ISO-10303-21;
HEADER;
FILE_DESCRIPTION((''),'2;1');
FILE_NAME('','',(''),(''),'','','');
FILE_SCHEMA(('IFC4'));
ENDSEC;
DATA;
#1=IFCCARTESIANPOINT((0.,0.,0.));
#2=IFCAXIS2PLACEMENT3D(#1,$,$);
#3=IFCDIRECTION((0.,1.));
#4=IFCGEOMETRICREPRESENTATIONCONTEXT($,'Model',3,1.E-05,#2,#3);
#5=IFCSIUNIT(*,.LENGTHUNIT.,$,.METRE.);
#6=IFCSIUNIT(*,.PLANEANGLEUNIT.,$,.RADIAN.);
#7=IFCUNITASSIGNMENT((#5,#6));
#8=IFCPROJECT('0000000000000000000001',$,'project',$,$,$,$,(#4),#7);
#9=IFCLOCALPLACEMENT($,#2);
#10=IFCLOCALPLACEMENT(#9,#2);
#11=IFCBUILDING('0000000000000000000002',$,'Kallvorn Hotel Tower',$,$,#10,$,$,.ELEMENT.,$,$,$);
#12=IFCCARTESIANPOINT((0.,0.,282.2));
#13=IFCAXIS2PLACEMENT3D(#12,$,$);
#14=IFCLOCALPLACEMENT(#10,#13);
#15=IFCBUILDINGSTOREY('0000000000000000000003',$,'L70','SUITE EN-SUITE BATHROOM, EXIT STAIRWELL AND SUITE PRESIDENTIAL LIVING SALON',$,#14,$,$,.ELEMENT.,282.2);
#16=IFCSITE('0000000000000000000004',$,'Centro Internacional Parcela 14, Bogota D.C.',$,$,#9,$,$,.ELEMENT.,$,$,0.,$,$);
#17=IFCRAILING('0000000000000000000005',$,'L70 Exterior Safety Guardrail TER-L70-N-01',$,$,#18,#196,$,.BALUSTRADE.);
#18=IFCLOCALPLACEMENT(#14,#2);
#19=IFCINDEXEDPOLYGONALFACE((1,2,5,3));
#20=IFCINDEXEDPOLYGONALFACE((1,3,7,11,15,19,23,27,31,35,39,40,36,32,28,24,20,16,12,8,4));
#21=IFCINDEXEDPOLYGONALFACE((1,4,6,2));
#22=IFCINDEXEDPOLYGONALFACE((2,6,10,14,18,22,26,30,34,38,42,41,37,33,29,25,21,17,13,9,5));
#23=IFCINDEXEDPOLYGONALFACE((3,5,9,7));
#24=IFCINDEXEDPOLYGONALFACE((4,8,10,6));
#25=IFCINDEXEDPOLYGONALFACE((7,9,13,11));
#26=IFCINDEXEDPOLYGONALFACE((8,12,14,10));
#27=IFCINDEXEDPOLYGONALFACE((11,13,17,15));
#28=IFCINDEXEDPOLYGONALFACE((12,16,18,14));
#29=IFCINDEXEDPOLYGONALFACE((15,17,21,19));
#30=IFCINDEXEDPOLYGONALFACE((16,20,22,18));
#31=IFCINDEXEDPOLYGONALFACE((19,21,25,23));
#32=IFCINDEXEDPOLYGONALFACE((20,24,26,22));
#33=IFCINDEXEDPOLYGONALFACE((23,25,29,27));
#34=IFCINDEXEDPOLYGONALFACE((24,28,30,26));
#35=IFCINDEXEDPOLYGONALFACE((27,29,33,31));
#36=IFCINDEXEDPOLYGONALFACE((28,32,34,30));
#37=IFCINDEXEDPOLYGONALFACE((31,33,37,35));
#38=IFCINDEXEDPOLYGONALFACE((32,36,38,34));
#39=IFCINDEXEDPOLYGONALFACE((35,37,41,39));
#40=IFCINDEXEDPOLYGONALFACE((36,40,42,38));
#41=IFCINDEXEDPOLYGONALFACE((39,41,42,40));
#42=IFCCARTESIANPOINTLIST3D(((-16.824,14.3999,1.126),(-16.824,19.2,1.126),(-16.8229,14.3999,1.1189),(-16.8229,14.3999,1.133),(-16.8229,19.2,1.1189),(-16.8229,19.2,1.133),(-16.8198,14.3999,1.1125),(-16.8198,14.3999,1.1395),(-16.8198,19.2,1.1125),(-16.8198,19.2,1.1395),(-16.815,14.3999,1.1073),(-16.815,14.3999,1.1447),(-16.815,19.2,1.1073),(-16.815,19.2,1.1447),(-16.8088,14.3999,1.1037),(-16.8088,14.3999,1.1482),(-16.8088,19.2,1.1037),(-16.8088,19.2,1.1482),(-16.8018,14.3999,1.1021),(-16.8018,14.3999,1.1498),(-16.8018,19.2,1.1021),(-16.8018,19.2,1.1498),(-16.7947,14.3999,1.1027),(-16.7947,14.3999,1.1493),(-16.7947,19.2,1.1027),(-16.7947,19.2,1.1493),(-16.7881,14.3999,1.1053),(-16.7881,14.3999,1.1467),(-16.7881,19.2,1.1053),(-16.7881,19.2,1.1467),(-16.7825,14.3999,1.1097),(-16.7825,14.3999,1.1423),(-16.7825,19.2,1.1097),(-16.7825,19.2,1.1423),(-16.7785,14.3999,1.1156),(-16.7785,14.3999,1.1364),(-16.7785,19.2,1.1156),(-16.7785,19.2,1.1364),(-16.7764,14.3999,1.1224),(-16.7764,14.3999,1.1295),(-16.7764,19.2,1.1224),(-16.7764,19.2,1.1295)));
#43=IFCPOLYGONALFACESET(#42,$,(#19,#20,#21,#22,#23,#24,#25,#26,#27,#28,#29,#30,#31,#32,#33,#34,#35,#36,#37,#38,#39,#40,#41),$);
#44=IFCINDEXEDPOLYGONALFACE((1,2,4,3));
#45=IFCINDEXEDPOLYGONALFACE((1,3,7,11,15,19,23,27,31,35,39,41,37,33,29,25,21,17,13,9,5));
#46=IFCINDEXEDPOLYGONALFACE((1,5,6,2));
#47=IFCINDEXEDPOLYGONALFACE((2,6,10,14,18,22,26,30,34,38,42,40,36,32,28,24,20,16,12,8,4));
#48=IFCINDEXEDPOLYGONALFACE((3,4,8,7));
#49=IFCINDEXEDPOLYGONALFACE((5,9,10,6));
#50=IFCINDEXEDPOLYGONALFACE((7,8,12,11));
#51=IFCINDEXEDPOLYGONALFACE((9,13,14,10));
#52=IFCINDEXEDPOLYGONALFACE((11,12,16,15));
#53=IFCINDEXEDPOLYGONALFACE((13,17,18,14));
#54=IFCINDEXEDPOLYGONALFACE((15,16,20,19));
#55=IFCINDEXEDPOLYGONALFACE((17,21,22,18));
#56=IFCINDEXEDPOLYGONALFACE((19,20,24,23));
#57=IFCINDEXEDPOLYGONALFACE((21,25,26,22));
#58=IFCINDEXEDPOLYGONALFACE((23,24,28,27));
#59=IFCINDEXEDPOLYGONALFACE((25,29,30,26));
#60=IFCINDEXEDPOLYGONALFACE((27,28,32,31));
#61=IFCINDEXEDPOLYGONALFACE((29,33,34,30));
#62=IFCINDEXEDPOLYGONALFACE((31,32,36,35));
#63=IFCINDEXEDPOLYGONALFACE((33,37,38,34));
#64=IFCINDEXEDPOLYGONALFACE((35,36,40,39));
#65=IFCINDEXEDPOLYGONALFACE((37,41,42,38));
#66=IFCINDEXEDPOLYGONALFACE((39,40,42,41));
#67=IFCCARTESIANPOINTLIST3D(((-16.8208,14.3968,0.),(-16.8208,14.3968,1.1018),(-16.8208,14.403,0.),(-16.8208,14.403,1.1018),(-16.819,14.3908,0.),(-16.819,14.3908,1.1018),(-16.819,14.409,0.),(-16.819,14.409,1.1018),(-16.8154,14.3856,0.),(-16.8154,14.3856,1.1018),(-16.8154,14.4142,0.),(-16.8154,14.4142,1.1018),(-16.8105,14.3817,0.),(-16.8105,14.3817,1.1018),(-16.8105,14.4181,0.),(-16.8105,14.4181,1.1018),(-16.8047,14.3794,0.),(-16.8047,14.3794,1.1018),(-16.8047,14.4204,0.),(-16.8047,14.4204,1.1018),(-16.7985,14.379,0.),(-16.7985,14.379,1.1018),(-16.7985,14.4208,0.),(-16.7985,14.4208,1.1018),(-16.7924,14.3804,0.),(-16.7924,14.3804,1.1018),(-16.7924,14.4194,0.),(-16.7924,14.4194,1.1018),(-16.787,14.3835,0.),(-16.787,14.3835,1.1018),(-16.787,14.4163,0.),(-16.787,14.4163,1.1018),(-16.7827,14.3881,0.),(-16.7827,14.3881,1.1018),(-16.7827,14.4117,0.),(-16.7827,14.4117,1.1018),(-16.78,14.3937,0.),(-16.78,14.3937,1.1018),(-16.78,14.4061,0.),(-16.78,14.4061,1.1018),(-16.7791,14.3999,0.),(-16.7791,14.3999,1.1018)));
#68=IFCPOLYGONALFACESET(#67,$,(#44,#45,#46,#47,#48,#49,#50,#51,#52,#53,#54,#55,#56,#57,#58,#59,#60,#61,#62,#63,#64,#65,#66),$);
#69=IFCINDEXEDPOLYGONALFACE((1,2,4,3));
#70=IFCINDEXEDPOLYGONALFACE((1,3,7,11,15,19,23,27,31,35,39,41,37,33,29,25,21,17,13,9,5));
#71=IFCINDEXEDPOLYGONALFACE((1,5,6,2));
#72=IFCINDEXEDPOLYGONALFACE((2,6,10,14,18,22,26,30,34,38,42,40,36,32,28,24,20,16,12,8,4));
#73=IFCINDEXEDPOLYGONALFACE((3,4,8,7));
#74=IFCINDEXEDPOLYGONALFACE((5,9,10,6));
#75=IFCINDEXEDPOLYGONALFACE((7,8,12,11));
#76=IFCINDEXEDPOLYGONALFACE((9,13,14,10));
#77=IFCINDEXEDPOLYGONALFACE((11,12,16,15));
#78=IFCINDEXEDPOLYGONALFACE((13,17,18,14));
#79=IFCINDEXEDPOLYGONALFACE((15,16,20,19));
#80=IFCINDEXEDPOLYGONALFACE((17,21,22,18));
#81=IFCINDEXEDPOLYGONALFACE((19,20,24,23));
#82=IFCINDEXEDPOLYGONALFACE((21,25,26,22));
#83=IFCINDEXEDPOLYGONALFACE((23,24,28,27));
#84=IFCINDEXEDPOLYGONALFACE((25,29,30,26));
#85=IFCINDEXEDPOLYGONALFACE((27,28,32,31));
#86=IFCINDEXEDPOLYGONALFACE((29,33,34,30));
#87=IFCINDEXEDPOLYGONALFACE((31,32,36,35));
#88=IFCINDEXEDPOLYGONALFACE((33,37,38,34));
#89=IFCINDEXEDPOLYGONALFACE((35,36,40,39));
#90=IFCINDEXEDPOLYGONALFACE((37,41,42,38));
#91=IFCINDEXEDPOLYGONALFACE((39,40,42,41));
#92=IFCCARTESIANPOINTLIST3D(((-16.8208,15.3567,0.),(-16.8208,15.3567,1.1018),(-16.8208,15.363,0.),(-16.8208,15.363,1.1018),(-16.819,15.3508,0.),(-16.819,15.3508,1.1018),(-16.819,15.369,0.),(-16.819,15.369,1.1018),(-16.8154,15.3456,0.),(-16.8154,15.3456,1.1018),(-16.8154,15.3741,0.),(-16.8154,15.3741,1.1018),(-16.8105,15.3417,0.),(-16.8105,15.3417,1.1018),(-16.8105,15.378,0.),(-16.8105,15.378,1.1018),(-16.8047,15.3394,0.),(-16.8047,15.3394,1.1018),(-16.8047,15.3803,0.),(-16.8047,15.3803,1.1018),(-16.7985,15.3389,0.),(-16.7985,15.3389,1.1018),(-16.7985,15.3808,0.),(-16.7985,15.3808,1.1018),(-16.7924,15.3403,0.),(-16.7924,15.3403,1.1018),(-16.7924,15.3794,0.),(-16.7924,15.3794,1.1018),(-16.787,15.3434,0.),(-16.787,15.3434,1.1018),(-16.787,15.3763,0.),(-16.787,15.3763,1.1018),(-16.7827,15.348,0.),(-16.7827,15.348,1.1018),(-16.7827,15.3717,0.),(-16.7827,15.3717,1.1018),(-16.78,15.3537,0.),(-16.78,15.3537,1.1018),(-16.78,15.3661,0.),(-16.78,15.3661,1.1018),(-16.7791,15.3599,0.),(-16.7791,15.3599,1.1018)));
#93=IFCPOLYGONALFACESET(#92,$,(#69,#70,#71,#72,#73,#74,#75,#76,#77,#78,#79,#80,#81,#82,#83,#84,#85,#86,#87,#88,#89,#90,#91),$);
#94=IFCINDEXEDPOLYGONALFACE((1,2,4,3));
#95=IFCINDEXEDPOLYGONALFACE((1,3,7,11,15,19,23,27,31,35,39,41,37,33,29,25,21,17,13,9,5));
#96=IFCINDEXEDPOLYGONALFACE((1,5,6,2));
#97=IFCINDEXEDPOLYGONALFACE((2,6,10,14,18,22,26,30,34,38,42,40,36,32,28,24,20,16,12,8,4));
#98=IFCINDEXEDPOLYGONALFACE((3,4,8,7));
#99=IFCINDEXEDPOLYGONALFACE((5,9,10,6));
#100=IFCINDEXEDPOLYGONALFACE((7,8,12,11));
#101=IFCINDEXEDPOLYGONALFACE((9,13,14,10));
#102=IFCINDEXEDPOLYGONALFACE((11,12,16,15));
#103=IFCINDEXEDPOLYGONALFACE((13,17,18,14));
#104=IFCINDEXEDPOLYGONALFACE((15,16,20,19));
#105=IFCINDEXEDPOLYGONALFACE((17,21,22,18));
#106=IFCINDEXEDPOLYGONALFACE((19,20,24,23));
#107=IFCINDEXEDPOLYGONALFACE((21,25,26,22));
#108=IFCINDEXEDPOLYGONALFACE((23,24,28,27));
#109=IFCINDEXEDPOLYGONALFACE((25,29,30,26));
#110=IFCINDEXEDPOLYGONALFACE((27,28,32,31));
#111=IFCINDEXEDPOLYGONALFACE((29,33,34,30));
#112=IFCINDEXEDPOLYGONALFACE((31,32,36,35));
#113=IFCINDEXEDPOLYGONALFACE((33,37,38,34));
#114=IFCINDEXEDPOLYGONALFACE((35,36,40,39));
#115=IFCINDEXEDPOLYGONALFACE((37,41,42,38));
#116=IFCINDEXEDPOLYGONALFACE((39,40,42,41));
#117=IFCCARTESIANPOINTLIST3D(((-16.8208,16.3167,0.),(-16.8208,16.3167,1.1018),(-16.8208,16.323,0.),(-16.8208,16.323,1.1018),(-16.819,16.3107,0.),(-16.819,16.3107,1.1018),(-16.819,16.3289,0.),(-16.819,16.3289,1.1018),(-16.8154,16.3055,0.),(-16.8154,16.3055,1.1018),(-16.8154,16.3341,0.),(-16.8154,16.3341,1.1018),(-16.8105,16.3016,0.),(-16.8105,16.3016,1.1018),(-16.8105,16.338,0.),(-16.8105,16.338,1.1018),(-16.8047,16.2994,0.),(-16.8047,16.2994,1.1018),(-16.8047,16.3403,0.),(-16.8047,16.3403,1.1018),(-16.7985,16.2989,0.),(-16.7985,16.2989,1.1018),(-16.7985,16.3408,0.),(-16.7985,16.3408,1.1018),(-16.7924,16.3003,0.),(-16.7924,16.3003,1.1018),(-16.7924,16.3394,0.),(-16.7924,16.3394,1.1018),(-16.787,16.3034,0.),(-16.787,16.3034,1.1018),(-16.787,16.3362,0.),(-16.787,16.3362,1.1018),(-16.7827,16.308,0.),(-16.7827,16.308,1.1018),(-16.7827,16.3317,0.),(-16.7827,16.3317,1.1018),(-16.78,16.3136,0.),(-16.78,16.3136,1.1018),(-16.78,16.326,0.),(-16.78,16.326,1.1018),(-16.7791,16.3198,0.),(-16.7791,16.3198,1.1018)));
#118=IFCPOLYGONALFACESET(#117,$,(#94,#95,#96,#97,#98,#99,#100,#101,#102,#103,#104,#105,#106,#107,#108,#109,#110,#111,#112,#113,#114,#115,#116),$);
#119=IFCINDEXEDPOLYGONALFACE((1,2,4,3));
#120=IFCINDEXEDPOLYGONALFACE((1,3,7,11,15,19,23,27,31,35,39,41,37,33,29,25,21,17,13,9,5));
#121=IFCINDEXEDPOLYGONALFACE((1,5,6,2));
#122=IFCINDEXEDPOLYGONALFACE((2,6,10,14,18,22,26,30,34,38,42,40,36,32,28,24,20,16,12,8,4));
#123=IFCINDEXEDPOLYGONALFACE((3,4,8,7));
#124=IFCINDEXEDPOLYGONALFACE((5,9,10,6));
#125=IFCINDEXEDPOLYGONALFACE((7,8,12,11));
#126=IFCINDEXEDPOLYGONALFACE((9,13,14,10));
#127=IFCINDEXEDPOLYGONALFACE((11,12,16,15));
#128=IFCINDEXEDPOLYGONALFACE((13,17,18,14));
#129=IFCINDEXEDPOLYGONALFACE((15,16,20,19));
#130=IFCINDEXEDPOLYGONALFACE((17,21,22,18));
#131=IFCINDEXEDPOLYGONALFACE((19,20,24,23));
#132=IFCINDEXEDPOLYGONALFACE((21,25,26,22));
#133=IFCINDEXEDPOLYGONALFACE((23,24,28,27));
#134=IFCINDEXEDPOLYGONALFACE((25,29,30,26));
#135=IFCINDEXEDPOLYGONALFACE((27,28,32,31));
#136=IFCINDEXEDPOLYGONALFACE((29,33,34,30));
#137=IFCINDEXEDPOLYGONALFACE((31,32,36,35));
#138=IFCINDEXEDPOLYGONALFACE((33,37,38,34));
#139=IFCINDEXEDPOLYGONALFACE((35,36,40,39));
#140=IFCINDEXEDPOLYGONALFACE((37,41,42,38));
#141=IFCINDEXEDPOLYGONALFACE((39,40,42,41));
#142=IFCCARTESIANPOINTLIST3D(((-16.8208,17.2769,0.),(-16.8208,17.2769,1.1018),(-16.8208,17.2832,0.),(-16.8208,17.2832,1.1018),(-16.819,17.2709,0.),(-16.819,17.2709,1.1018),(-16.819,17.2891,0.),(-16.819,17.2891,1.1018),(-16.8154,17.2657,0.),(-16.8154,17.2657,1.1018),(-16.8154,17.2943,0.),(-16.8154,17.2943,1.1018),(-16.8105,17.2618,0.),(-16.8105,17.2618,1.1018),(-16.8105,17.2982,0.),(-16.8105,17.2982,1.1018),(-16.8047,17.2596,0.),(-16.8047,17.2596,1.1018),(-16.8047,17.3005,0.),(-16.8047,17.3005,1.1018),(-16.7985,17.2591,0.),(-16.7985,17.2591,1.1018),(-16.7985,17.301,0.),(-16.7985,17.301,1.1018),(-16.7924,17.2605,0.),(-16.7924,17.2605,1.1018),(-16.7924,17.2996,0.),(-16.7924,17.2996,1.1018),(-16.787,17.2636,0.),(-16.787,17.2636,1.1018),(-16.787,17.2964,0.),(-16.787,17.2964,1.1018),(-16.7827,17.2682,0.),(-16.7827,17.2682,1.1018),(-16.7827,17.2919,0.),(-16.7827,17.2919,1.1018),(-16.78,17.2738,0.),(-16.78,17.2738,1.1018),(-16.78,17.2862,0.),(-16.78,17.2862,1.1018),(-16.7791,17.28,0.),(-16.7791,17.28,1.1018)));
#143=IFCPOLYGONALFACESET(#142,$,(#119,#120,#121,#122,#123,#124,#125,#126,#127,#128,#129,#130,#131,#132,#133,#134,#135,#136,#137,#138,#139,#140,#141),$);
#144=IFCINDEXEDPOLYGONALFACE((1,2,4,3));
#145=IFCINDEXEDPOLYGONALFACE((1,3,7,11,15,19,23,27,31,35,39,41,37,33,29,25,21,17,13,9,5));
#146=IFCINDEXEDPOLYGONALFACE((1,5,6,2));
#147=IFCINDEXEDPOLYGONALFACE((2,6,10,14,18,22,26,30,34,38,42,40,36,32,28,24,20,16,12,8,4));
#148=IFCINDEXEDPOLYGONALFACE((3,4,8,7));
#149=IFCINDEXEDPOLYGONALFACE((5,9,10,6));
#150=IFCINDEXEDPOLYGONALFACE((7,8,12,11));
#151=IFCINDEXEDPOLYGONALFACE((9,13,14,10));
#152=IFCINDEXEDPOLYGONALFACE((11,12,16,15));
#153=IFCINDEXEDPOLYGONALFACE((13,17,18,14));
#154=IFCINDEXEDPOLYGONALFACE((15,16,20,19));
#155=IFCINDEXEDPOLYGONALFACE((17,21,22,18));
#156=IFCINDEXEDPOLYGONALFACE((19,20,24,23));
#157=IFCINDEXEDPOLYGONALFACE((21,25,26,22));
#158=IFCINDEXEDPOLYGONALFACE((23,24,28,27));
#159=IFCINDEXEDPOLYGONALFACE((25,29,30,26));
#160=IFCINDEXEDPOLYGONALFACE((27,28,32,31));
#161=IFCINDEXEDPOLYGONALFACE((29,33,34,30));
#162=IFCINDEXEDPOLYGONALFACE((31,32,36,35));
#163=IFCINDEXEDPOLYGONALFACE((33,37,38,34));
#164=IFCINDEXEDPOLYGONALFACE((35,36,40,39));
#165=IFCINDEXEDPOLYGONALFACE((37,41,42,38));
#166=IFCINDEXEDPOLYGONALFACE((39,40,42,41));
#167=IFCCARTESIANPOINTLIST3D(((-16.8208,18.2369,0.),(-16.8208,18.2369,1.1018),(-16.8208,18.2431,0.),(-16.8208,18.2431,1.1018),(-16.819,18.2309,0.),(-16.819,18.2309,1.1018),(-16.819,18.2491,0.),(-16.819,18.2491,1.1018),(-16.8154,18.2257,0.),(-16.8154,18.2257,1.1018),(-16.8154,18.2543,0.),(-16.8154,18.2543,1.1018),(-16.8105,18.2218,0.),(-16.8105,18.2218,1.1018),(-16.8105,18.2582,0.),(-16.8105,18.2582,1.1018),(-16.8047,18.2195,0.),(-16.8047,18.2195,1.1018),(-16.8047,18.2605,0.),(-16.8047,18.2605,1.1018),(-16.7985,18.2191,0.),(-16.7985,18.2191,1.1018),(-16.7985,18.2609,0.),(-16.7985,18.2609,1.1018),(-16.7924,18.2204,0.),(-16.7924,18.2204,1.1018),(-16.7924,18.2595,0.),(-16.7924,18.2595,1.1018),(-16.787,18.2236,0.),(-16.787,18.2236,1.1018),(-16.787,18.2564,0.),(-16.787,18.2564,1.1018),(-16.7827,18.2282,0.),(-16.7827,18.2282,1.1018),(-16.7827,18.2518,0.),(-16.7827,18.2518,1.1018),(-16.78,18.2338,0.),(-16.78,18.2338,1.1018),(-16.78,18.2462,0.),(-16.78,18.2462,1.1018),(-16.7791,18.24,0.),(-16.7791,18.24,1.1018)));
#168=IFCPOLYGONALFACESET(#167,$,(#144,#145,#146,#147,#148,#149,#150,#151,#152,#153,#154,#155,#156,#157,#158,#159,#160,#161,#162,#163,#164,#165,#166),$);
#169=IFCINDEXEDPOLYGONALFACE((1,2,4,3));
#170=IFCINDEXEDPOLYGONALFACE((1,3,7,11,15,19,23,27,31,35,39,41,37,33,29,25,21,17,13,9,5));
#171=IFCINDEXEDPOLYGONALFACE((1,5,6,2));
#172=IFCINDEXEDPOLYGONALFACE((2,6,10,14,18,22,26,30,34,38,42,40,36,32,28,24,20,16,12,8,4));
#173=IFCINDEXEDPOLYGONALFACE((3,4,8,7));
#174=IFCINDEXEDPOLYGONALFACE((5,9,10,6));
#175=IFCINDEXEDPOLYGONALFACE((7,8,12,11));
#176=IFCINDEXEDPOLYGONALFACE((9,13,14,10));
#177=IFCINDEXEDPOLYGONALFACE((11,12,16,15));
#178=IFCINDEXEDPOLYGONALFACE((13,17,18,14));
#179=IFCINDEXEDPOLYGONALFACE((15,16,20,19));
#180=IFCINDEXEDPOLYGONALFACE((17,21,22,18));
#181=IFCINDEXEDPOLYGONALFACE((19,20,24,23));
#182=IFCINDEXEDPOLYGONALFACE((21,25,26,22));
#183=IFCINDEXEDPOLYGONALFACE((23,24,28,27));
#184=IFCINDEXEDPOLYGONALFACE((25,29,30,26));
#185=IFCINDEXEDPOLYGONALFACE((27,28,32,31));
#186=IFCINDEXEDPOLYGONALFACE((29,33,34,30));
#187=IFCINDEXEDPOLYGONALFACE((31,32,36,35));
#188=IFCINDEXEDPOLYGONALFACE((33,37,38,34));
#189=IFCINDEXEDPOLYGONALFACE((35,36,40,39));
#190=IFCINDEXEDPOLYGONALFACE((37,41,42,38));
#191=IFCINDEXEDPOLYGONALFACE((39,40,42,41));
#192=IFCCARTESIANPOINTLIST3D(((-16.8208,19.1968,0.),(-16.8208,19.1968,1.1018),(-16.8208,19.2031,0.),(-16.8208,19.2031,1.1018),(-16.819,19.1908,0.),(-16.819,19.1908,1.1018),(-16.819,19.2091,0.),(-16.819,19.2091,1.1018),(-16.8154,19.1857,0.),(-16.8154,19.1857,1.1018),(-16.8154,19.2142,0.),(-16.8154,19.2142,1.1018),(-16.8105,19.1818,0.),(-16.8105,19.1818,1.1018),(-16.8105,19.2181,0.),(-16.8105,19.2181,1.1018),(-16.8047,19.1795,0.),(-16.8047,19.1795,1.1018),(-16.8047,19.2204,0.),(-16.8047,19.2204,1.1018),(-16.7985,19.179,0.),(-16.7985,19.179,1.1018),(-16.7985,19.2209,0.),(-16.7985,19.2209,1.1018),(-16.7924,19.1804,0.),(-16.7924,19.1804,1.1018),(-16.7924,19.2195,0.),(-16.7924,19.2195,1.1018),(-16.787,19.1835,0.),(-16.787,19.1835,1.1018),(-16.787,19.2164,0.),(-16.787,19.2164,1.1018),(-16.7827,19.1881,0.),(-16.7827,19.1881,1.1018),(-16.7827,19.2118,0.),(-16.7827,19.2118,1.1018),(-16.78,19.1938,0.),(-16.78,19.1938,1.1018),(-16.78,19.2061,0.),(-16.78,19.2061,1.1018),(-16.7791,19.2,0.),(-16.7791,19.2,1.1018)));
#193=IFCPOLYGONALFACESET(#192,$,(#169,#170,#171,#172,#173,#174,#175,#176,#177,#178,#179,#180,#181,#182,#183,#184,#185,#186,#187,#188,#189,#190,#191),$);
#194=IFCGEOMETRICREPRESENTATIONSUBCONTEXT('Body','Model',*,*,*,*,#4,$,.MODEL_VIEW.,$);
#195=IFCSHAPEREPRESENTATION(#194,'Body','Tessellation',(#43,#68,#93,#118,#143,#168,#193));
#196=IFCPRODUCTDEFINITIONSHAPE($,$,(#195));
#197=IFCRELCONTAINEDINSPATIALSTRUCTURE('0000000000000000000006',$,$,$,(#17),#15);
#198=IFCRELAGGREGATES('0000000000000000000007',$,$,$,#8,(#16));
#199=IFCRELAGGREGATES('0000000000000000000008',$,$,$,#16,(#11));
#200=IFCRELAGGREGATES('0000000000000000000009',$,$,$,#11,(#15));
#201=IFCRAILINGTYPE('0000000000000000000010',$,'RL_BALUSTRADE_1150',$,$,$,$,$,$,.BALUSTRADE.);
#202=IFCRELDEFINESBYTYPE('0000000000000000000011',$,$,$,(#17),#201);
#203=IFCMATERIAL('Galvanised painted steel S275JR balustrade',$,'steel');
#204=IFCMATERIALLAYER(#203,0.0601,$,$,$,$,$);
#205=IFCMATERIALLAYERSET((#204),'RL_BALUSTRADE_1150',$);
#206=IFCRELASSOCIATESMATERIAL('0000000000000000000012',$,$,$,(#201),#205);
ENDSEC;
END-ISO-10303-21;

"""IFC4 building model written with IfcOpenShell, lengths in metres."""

from ifc_helpers import new_model, si_unit, direction, frame, origin, origin_2d, place, context, subcontext, project, spatial, circle, extrude, material, layer, layer_set, type_object, element, save


model = new_model("IFC4")

# Units and contexts
model_context = context("Model", 3, precision=1e-05, world=origin(), true_north=direction((0.0, 1.0)))
body_context = subcontext(model_context, "Body", "Model", "MODEL_VIEW")
ifc_project = project(units=[si_unit("LENGTHUNIT", "METRE"), si_unit("PLANEANGLEUNIT", "RADIAN")], contexts=[model_context])

# Site, building, storey
site_placement = place(None, origin())
site = spatial("IfcSite", under=ifc_project, at=site_placement, Name="Centro Internacional Parcela 14, Bogota D.C.", CompositionType="ELEMENT", RefElevation=0.0)
building_placement = place(site_placement, origin())
building = spatial("IfcBuilding", under=site, at=building_placement, Name="Kallvorn Hotel Tower", CompositionType="ELEMENT")
storey_placement = place(building_placement, frame((0.0, 0.0, 282.2)))
storey = spatial("IfcBuildingStorey", under=building, at=storey_placement, Name="L70", Description="SUITE EN-SUITE BATHROOM, EXIT STAIRWELL AND SUITE PRESIDENTIAL LIVING SALON", CompositionType="ELEMENT", Elevation=282.2)

# Railing
ifc_material_1 = material(Name="Galvanised painted steel S275JR balustrade", Category="steel")
ifc_layer_1 = layer(ifc_material_1, 0.0601)
ifc_layer_set_1 = layer_set([ifc_layer_1], Name="RL_BALUSTRADE_1150")
railing_type = type_object("IfcRailingType", Name="RL_BALUSTRADE_1150", PredefinedType="BALUSTRADE", material=ifc_layer_set_1)
railing_1_placement = place(storey_placement, frame((-16.8, 14.3999, 0.0)))
element("IfcRailing", 1, at=railing_1_placement, inside=storey, type_object=railing_type, Name="L70 Exterior Safety Guardrail TER-L70-N-01", PredefinedType="BALUSTRADE", context=body_context, shape_type="SweptSolid", body=[
    extrude(circle(Radius=0.0239, at=origin_2d()), frame((0.0, 0.0, 1.126), z_axis=(0.0, 1.0, 0.0), x_axis=(-1.0, 0.0, 0.0)), (0.0, 0.0, 1.0), 4.8),
    extrude(circle(Radius=0.021, at=origin_2d()), origin(), (0.0, 0.0, 1.0), 1.1018),
    extrude(circle(Radius=0.021, at=origin_2d()), frame((0.0, 0.96, 0.0)), (0.0, 0.0, 1.0), 1.1018),
    extrude(circle(Radius=0.021, at=origin_2d()), frame((0.0, 1.9199, 0.0)), (0.0, 0.0, 1.0), 1.1018),
    extrude(circle(Radius=0.021, at=origin_2d()), frame((0.0, 2.8801, 0.0)), (0.0, 0.0, 1.0), 1.1018),
    extrude(circle(Radius=0.021, at=origin_2d()), frame((0.0, 3.8401, 0.0)), (0.0, 0.0, 1.0), 1.1018),
    extrude(circle(Radius=0.021, at=origin_2d()), frame((0.0, 4.8, 0.0)), (0.0, 0.0, 1.0), 1.1018),
])

save(model, "model.ifc")
